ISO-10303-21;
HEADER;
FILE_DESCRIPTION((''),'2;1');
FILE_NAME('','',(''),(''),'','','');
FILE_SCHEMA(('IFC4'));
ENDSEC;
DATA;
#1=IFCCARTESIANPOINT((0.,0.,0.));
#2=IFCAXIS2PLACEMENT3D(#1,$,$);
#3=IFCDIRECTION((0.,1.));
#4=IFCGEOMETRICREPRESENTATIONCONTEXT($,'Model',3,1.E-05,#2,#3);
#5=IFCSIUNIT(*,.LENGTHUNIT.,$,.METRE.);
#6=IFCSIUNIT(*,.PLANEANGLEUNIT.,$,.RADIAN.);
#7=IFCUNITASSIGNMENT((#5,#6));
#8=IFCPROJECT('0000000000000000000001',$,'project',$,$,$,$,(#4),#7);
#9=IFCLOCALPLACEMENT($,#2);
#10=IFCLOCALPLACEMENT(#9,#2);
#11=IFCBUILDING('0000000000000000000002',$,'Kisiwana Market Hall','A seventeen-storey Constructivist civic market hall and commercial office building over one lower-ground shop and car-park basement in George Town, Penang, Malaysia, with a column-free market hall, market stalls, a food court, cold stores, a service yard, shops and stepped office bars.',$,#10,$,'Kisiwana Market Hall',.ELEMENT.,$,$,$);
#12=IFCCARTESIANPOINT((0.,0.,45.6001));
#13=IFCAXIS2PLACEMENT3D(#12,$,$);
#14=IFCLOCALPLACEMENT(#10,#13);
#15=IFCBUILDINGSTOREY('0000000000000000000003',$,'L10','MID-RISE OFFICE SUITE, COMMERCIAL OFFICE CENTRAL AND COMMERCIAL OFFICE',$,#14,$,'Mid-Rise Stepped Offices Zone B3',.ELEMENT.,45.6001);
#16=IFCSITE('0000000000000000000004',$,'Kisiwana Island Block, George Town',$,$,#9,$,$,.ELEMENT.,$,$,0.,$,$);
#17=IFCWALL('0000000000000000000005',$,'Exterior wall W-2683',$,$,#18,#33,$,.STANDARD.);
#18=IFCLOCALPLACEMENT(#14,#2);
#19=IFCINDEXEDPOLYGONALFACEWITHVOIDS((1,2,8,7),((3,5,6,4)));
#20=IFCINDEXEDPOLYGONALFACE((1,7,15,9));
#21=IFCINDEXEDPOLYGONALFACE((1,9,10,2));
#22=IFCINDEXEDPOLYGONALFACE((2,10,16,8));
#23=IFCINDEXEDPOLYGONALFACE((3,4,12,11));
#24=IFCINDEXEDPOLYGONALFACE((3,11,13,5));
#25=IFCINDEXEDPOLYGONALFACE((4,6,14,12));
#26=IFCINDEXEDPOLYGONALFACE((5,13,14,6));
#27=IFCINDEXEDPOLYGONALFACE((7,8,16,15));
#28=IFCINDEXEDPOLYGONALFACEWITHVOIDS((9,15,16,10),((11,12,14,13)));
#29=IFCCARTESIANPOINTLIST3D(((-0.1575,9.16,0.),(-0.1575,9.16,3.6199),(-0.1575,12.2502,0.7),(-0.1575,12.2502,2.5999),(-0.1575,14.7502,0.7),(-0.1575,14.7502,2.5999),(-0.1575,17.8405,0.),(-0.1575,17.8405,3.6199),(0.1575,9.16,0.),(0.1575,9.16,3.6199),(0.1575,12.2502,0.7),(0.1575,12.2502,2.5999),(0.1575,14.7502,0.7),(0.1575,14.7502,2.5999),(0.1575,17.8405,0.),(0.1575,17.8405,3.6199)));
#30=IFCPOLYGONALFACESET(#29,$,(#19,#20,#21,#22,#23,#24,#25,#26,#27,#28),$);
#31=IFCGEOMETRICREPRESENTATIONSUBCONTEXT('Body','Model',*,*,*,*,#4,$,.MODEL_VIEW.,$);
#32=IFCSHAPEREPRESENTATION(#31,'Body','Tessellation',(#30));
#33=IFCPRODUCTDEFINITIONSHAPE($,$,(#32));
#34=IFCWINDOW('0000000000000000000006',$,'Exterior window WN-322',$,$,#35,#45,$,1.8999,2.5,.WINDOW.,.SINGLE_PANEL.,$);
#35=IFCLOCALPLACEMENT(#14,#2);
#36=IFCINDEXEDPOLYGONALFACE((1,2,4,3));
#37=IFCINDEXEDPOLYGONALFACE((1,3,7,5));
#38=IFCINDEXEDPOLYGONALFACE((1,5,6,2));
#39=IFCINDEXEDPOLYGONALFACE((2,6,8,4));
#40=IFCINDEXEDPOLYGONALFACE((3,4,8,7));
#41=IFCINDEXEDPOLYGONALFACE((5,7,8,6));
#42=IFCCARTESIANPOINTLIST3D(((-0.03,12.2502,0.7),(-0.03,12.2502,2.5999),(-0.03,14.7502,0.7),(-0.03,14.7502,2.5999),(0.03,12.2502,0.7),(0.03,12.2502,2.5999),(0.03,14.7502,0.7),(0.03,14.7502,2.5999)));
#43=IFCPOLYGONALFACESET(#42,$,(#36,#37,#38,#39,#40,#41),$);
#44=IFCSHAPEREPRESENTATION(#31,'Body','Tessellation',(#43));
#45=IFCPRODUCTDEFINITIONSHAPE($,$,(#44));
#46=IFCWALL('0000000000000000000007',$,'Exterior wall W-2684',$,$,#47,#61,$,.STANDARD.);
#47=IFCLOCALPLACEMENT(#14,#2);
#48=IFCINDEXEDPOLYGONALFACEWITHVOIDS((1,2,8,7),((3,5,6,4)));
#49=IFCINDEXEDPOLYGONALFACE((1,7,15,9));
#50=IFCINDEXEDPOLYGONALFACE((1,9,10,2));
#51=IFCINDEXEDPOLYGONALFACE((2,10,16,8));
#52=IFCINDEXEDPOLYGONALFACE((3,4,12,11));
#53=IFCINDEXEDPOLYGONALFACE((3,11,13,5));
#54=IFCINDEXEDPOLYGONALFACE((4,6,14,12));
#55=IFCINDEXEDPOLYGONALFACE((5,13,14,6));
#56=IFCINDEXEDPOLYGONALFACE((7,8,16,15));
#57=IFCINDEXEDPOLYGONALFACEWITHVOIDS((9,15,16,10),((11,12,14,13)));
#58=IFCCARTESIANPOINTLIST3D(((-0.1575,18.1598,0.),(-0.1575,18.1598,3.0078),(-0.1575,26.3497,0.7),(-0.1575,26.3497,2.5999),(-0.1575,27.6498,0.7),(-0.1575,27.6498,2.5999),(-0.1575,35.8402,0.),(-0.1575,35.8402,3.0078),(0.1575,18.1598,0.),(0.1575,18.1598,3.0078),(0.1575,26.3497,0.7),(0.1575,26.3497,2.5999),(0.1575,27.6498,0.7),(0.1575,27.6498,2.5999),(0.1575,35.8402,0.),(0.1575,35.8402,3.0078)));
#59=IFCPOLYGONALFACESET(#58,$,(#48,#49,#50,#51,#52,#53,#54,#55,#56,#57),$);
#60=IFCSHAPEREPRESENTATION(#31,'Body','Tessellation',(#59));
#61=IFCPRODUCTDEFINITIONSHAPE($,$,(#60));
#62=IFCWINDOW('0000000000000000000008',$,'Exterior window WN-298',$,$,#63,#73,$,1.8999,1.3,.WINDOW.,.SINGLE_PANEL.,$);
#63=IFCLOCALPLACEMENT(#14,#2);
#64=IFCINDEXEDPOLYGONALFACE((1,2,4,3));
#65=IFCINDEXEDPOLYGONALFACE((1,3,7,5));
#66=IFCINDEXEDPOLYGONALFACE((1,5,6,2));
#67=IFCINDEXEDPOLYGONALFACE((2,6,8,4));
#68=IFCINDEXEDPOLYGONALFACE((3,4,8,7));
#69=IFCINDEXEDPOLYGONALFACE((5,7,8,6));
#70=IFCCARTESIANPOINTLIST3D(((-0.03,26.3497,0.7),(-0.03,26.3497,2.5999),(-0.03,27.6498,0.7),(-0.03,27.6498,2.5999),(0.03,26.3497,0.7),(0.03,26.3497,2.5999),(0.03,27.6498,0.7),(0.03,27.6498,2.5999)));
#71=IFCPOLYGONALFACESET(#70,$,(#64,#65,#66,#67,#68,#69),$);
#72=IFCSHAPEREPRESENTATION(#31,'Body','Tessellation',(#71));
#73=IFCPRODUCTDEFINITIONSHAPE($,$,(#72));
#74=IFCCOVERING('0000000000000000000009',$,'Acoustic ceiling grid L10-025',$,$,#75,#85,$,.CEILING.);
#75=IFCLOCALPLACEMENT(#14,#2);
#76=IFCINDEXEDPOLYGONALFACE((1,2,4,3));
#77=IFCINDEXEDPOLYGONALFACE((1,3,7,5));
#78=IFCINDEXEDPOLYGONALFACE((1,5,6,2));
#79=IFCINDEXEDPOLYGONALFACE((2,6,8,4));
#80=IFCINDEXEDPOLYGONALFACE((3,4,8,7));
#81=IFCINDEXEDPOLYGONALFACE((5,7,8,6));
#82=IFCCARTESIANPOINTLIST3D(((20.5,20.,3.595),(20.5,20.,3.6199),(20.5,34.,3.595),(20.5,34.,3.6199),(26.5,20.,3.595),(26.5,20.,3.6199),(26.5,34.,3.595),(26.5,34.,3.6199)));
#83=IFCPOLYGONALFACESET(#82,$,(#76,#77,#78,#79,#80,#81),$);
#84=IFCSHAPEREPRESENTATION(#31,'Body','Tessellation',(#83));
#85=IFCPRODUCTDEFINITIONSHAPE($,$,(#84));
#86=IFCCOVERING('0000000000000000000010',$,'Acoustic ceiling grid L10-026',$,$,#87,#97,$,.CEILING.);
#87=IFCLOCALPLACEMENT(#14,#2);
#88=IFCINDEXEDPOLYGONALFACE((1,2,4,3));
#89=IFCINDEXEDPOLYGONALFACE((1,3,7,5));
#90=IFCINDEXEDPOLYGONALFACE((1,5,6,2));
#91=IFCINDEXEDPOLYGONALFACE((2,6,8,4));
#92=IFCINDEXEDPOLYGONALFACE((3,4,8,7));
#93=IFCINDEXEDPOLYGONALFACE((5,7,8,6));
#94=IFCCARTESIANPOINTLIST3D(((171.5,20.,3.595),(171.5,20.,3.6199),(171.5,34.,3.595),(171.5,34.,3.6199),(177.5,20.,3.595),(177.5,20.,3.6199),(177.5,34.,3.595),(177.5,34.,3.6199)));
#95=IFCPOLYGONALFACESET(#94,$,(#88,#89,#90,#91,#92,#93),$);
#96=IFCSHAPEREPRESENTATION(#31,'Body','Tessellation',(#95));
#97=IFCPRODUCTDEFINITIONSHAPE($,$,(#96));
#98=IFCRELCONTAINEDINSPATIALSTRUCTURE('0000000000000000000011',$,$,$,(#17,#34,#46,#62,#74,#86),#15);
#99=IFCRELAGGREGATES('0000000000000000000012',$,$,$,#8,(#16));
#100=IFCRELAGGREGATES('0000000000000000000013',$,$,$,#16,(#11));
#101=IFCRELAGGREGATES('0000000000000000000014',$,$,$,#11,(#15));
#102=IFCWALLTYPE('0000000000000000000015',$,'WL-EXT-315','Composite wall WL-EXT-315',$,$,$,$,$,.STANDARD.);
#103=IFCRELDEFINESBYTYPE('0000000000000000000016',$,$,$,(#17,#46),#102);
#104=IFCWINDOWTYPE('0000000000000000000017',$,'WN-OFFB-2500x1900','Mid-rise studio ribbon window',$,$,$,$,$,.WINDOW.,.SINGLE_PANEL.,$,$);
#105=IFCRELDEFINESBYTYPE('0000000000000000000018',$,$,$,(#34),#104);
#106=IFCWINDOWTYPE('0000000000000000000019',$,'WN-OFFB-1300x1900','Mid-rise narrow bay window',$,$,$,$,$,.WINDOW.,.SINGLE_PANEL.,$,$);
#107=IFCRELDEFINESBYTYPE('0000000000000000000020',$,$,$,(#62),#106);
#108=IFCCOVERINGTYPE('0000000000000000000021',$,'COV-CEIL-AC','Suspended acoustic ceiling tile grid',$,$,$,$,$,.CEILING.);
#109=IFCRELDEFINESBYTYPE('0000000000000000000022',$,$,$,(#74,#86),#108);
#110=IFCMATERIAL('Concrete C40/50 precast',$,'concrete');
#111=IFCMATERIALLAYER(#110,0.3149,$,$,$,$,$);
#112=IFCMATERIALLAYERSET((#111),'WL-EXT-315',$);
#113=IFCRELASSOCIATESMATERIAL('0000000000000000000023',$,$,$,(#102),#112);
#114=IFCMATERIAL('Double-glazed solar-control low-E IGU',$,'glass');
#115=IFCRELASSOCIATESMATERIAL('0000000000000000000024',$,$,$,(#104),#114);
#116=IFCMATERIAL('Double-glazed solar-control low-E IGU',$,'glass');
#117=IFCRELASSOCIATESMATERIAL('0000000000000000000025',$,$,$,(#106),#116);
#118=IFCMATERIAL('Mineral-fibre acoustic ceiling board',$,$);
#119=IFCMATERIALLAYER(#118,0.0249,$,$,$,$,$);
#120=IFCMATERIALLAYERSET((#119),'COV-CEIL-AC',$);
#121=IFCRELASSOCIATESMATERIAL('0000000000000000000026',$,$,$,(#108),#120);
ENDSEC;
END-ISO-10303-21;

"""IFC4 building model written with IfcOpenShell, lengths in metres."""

from ifc_helpers import new_model, si_unit, direction, frame, frame_2d, origin, place, context, subcontext, project, spatial, polyline, rectangle, outline, extrude, material, layer, layer_set, type_object, element, fill, save


model = new_model("IFC4")

# Units and contexts
model_context = context("Model", 3, precision=1e-05, world=origin(), true_north=direction((0.0, 1.0)))
body_context = subcontext(model_context, "Body", "Model", "MODEL_VIEW")
ifc_project = project(units=[si_unit("LENGTHUNIT", "METRE"), si_unit("PLANEANGLEUNIT", "RADIAN")], contexts=[model_context])

# Site, building, storey
site_placement = place(None, origin())
site = spatial("IfcSite", under=ifc_project, at=site_placement, Name="Kisiwana Island Block, George Town", CompositionType="ELEMENT", RefElevation=0.0)
building_placement = place(site_placement, origin())
building = spatial("IfcBuilding", under=site, at=building_placement, Name="Kisiwana Market Hall", Description="A seventeen-storey Constructivist civic market hall and commercial office building over one lower-ground shop and car-park basement in George Town, Penang, Malaysia, with a column-free market hall, market stalls, a food court, cold stores, a service yard, shops and stepped office bars.", LongName="Kisiwana Market Hall", CompositionType="ELEMENT")
storey_placement = place(building_placement, frame((0.0, 0.0, 45.6001)))
storey = spatial("IfcBuildingStorey", under=building, at=storey_placement, Name="L10", Description="MID-RISE OFFICE SUITE, COMMERCIAL OFFICE CENTRAL AND COMMERCIAL OFFICE", LongName="Mid-Rise Stepped Offices Zone B3", CompositionType="ELEMENT", Elevation=45.6001)

# Walls, openings, windows
ifc_material_1 = material(Name="Concrete C40/50 precast", Category="concrete")
ifc_layer_1 = layer(ifc_material_1, 0.3149)
ifc_layer_set_1 = layer_set([ifc_layer_1], Name="WL-EXT-315")
wall_type = type_object("IfcWallType", Name="WL-EXT-315", Description="Composite wall WL-EXT-315", PredefinedType="STANDARD", material=ifc_layer_set_1)
ifc_material_2 = material(Name="Double-glazed solar-control low-E IGU", Category="glass")
window_type_1 = type_object("IfcWindowType", Name="WN-OFFB-2500x1900", Description="Mid-rise studio ribbon window", PartitioningType="SINGLE_PANEL", PredefinedType="WINDOW", material=ifc_material_2)
wall_1_placement = place(storey_placement, frame((0.0, 9.1599, 0.0), z_axis=(0.0, 0.0, 1.0), x_axis=(0.0, 1.0, 0.0)))
wall_1 = element("IfcWall", 1, at=wall_1_placement, inside=storey, type_object=wall_type, Name="Exterior wall W-2683", PredefinedType="STANDARD", context=body_context, shape_type="SweptSolid", body=[
    extrude(rectangle(XDim=8.6804, YDim=0.3149, at=frame_2d((4.3403, 0.0))), origin(), (0.0, 0.0, 1.0), 3.6199),
])
opening_1_placement = place(wall_1_placement, frame((3.0903, 0.0, 0.7)))
opening_1 = element("IfcOpeningElement", 2, at=opening_1_placement, cuts=wall_1, PredefinedType="OPENING", context=body_context, shape_type="SweptSolid", body=[
    extrude(rectangle(XDim=2.5, YDim=1.8999, at=frame_2d((1.25, 0.95))), frame((0.0, 0.1694, 0.0), z_axis=(0.0, -1.0, 0.0), x_axis=(1.0, 0.0, 0.0)), (0.0, 0.0, 1.0), 0.3389),
])
window_1_placement = place(opening_1_placement, origin())
window_1 = element("IfcWindow", 3, at=window_1_placement, inside=storey, type_object=window_type_1, Name="Exterior window WN-322", OverallHeight=1.8999, OverallWidth=2.5, PartitioningType="SINGLE_PANEL", PredefinedType="WINDOW", context=body_context, shape_type="SweptSolid", body=[
    extrude(rectangle(XDim=2.5, YDim=1.8999, at=frame_2d((1.25, 0.95))), frame((0.0, 0.03, 0.0), z_axis=(0.0, -1.0, 0.0), x_axis=(1.0, 0.0, 0.0)), (0.0, 0.0, 1.0), 0.0601),
])
fill(opening_1, window_1)
wall_2_placement = place(storey_placement, frame((0.0, 18.1597, 0.0), z_axis=(0.0, 0.0, 1.0), x_axis=(0.0, 1.0, 0.0)))
wall_2 = element("IfcWall", 4, at=wall_2_placement, inside=storey, type_object=wall_type, Name="Exterior wall W-2684", PredefinedType="STANDARD", context=body_context, shape_type="SweptSolid", body=[
    extrude(rectangle(XDim=17.6804, YDim=0.3149, at=frame_2d((8.8403, 0.0))), origin(), (0.0, 0.0, 1.0), 3.0078),
])
opening_2_placement = place(wall_2_placement, frame((8.1902, 0.0, 0.7)))
opening_2 = element("IfcOpeningElement", 5, at=opening_2_placement, cuts=wall_2, PredefinedType="OPENING", context=body_context, shape_type="SweptSolid", body=[
    extrude(rectangle(XDim=1.3, YDim=1.8999, at=frame_2d((0.6499, 0.95))), frame((0.0, 0.1694, 0.0), z_axis=(0.0, -1.0, 0.0), x_axis=(1.0, 0.0, 0.0)), (0.0, 0.0, 1.0), 0.3389),
])
ifc_material_3 = material(Name="Double-glazed solar-control low-E IGU", Category="glass")
window_type_2 = type_object("IfcWindowType", Name="WN-OFFB-1300x1900", Description="Mid-rise narrow bay window", PartitioningType="SINGLE_PANEL", PredefinedType="WINDOW", material=ifc_material_3)
window_2_placement = place(opening_2_placement, origin())
window_2 = element("IfcWindow", 6, at=window_2_placement, inside=storey, type_object=window_type_2, Name="Exterior window WN-298", OverallHeight=1.8999, OverallWidth=1.3, PartitioningType="SINGLE_PANEL", PredefinedType="WINDOW", context=body_context, shape_type="SweptSolid", body=[
    extrude(rectangle(XDim=1.3, YDim=1.8999, at=frame_2d((0.6499, 0.95))), frame((0.0, 0.03, 0.0), z_axis=(0.0, -1.0, 0.0), x_axis=(1.0, 0.0, 0.0)), (0.0, 0.0, 1.0), 0.0601),
])
fill(opening_2, window_2)

# Coverings
ifc_material_4 = material(Name="Mineral-fibre acoustic ceiling board")
ifc_layer_2 = layer(ifc_material_4, 0.0249)
ifc_layer_set_2 = layer_set([ifc_layer_2], Name="COV-CEIL-AC")
covering_type = type_object("IfcCoveringType", Name="COV-CEIL-AC", Description="Suspended acoustic ceiling tile grid", PredefinedType="CEILING", material=ifc_layer_set_2)
covering_1_placement = place(storey_placement, frame((0.0, 0.0, 3.595)))
element("IfcCovering", 7, at=covering_1_placement, inside=storey, type_object=covering_type, Name="Acoustic ceiling grid L10-025", PredefinedType="CEILING", context=body_context, shape_type="SweptSolid", body=[
    extrude(outline(polyline([(20.5, 20.0), (26.5, 20.0), (26.5, 34.0), (20.5, 34.0), (20.5, 20.0)])), origin(), (0.0, 0.0, 1.0), 0.0249),
])
covering_2_placement = place(storey_placement, frame((0.0, 0.0, 3.595)))
element("IfcCovering", 8, at=covering_2_placement, inside=storey, type_object=covering_type, Name="Acoustic ceiling grid L10-026", PredefinedType="CEILING", context=body_context, shape_type="SweptSolid", body=[
    extrude(outline(polyline([(171.5, 20.0), (177.5, 20.0), (177.5, 34.0), (171.5, 34.0), (171.5, 20.0)])), origin(), (0.0, 0.0, 1.0), 0.0249),
])

save(model, "model.ifc")
